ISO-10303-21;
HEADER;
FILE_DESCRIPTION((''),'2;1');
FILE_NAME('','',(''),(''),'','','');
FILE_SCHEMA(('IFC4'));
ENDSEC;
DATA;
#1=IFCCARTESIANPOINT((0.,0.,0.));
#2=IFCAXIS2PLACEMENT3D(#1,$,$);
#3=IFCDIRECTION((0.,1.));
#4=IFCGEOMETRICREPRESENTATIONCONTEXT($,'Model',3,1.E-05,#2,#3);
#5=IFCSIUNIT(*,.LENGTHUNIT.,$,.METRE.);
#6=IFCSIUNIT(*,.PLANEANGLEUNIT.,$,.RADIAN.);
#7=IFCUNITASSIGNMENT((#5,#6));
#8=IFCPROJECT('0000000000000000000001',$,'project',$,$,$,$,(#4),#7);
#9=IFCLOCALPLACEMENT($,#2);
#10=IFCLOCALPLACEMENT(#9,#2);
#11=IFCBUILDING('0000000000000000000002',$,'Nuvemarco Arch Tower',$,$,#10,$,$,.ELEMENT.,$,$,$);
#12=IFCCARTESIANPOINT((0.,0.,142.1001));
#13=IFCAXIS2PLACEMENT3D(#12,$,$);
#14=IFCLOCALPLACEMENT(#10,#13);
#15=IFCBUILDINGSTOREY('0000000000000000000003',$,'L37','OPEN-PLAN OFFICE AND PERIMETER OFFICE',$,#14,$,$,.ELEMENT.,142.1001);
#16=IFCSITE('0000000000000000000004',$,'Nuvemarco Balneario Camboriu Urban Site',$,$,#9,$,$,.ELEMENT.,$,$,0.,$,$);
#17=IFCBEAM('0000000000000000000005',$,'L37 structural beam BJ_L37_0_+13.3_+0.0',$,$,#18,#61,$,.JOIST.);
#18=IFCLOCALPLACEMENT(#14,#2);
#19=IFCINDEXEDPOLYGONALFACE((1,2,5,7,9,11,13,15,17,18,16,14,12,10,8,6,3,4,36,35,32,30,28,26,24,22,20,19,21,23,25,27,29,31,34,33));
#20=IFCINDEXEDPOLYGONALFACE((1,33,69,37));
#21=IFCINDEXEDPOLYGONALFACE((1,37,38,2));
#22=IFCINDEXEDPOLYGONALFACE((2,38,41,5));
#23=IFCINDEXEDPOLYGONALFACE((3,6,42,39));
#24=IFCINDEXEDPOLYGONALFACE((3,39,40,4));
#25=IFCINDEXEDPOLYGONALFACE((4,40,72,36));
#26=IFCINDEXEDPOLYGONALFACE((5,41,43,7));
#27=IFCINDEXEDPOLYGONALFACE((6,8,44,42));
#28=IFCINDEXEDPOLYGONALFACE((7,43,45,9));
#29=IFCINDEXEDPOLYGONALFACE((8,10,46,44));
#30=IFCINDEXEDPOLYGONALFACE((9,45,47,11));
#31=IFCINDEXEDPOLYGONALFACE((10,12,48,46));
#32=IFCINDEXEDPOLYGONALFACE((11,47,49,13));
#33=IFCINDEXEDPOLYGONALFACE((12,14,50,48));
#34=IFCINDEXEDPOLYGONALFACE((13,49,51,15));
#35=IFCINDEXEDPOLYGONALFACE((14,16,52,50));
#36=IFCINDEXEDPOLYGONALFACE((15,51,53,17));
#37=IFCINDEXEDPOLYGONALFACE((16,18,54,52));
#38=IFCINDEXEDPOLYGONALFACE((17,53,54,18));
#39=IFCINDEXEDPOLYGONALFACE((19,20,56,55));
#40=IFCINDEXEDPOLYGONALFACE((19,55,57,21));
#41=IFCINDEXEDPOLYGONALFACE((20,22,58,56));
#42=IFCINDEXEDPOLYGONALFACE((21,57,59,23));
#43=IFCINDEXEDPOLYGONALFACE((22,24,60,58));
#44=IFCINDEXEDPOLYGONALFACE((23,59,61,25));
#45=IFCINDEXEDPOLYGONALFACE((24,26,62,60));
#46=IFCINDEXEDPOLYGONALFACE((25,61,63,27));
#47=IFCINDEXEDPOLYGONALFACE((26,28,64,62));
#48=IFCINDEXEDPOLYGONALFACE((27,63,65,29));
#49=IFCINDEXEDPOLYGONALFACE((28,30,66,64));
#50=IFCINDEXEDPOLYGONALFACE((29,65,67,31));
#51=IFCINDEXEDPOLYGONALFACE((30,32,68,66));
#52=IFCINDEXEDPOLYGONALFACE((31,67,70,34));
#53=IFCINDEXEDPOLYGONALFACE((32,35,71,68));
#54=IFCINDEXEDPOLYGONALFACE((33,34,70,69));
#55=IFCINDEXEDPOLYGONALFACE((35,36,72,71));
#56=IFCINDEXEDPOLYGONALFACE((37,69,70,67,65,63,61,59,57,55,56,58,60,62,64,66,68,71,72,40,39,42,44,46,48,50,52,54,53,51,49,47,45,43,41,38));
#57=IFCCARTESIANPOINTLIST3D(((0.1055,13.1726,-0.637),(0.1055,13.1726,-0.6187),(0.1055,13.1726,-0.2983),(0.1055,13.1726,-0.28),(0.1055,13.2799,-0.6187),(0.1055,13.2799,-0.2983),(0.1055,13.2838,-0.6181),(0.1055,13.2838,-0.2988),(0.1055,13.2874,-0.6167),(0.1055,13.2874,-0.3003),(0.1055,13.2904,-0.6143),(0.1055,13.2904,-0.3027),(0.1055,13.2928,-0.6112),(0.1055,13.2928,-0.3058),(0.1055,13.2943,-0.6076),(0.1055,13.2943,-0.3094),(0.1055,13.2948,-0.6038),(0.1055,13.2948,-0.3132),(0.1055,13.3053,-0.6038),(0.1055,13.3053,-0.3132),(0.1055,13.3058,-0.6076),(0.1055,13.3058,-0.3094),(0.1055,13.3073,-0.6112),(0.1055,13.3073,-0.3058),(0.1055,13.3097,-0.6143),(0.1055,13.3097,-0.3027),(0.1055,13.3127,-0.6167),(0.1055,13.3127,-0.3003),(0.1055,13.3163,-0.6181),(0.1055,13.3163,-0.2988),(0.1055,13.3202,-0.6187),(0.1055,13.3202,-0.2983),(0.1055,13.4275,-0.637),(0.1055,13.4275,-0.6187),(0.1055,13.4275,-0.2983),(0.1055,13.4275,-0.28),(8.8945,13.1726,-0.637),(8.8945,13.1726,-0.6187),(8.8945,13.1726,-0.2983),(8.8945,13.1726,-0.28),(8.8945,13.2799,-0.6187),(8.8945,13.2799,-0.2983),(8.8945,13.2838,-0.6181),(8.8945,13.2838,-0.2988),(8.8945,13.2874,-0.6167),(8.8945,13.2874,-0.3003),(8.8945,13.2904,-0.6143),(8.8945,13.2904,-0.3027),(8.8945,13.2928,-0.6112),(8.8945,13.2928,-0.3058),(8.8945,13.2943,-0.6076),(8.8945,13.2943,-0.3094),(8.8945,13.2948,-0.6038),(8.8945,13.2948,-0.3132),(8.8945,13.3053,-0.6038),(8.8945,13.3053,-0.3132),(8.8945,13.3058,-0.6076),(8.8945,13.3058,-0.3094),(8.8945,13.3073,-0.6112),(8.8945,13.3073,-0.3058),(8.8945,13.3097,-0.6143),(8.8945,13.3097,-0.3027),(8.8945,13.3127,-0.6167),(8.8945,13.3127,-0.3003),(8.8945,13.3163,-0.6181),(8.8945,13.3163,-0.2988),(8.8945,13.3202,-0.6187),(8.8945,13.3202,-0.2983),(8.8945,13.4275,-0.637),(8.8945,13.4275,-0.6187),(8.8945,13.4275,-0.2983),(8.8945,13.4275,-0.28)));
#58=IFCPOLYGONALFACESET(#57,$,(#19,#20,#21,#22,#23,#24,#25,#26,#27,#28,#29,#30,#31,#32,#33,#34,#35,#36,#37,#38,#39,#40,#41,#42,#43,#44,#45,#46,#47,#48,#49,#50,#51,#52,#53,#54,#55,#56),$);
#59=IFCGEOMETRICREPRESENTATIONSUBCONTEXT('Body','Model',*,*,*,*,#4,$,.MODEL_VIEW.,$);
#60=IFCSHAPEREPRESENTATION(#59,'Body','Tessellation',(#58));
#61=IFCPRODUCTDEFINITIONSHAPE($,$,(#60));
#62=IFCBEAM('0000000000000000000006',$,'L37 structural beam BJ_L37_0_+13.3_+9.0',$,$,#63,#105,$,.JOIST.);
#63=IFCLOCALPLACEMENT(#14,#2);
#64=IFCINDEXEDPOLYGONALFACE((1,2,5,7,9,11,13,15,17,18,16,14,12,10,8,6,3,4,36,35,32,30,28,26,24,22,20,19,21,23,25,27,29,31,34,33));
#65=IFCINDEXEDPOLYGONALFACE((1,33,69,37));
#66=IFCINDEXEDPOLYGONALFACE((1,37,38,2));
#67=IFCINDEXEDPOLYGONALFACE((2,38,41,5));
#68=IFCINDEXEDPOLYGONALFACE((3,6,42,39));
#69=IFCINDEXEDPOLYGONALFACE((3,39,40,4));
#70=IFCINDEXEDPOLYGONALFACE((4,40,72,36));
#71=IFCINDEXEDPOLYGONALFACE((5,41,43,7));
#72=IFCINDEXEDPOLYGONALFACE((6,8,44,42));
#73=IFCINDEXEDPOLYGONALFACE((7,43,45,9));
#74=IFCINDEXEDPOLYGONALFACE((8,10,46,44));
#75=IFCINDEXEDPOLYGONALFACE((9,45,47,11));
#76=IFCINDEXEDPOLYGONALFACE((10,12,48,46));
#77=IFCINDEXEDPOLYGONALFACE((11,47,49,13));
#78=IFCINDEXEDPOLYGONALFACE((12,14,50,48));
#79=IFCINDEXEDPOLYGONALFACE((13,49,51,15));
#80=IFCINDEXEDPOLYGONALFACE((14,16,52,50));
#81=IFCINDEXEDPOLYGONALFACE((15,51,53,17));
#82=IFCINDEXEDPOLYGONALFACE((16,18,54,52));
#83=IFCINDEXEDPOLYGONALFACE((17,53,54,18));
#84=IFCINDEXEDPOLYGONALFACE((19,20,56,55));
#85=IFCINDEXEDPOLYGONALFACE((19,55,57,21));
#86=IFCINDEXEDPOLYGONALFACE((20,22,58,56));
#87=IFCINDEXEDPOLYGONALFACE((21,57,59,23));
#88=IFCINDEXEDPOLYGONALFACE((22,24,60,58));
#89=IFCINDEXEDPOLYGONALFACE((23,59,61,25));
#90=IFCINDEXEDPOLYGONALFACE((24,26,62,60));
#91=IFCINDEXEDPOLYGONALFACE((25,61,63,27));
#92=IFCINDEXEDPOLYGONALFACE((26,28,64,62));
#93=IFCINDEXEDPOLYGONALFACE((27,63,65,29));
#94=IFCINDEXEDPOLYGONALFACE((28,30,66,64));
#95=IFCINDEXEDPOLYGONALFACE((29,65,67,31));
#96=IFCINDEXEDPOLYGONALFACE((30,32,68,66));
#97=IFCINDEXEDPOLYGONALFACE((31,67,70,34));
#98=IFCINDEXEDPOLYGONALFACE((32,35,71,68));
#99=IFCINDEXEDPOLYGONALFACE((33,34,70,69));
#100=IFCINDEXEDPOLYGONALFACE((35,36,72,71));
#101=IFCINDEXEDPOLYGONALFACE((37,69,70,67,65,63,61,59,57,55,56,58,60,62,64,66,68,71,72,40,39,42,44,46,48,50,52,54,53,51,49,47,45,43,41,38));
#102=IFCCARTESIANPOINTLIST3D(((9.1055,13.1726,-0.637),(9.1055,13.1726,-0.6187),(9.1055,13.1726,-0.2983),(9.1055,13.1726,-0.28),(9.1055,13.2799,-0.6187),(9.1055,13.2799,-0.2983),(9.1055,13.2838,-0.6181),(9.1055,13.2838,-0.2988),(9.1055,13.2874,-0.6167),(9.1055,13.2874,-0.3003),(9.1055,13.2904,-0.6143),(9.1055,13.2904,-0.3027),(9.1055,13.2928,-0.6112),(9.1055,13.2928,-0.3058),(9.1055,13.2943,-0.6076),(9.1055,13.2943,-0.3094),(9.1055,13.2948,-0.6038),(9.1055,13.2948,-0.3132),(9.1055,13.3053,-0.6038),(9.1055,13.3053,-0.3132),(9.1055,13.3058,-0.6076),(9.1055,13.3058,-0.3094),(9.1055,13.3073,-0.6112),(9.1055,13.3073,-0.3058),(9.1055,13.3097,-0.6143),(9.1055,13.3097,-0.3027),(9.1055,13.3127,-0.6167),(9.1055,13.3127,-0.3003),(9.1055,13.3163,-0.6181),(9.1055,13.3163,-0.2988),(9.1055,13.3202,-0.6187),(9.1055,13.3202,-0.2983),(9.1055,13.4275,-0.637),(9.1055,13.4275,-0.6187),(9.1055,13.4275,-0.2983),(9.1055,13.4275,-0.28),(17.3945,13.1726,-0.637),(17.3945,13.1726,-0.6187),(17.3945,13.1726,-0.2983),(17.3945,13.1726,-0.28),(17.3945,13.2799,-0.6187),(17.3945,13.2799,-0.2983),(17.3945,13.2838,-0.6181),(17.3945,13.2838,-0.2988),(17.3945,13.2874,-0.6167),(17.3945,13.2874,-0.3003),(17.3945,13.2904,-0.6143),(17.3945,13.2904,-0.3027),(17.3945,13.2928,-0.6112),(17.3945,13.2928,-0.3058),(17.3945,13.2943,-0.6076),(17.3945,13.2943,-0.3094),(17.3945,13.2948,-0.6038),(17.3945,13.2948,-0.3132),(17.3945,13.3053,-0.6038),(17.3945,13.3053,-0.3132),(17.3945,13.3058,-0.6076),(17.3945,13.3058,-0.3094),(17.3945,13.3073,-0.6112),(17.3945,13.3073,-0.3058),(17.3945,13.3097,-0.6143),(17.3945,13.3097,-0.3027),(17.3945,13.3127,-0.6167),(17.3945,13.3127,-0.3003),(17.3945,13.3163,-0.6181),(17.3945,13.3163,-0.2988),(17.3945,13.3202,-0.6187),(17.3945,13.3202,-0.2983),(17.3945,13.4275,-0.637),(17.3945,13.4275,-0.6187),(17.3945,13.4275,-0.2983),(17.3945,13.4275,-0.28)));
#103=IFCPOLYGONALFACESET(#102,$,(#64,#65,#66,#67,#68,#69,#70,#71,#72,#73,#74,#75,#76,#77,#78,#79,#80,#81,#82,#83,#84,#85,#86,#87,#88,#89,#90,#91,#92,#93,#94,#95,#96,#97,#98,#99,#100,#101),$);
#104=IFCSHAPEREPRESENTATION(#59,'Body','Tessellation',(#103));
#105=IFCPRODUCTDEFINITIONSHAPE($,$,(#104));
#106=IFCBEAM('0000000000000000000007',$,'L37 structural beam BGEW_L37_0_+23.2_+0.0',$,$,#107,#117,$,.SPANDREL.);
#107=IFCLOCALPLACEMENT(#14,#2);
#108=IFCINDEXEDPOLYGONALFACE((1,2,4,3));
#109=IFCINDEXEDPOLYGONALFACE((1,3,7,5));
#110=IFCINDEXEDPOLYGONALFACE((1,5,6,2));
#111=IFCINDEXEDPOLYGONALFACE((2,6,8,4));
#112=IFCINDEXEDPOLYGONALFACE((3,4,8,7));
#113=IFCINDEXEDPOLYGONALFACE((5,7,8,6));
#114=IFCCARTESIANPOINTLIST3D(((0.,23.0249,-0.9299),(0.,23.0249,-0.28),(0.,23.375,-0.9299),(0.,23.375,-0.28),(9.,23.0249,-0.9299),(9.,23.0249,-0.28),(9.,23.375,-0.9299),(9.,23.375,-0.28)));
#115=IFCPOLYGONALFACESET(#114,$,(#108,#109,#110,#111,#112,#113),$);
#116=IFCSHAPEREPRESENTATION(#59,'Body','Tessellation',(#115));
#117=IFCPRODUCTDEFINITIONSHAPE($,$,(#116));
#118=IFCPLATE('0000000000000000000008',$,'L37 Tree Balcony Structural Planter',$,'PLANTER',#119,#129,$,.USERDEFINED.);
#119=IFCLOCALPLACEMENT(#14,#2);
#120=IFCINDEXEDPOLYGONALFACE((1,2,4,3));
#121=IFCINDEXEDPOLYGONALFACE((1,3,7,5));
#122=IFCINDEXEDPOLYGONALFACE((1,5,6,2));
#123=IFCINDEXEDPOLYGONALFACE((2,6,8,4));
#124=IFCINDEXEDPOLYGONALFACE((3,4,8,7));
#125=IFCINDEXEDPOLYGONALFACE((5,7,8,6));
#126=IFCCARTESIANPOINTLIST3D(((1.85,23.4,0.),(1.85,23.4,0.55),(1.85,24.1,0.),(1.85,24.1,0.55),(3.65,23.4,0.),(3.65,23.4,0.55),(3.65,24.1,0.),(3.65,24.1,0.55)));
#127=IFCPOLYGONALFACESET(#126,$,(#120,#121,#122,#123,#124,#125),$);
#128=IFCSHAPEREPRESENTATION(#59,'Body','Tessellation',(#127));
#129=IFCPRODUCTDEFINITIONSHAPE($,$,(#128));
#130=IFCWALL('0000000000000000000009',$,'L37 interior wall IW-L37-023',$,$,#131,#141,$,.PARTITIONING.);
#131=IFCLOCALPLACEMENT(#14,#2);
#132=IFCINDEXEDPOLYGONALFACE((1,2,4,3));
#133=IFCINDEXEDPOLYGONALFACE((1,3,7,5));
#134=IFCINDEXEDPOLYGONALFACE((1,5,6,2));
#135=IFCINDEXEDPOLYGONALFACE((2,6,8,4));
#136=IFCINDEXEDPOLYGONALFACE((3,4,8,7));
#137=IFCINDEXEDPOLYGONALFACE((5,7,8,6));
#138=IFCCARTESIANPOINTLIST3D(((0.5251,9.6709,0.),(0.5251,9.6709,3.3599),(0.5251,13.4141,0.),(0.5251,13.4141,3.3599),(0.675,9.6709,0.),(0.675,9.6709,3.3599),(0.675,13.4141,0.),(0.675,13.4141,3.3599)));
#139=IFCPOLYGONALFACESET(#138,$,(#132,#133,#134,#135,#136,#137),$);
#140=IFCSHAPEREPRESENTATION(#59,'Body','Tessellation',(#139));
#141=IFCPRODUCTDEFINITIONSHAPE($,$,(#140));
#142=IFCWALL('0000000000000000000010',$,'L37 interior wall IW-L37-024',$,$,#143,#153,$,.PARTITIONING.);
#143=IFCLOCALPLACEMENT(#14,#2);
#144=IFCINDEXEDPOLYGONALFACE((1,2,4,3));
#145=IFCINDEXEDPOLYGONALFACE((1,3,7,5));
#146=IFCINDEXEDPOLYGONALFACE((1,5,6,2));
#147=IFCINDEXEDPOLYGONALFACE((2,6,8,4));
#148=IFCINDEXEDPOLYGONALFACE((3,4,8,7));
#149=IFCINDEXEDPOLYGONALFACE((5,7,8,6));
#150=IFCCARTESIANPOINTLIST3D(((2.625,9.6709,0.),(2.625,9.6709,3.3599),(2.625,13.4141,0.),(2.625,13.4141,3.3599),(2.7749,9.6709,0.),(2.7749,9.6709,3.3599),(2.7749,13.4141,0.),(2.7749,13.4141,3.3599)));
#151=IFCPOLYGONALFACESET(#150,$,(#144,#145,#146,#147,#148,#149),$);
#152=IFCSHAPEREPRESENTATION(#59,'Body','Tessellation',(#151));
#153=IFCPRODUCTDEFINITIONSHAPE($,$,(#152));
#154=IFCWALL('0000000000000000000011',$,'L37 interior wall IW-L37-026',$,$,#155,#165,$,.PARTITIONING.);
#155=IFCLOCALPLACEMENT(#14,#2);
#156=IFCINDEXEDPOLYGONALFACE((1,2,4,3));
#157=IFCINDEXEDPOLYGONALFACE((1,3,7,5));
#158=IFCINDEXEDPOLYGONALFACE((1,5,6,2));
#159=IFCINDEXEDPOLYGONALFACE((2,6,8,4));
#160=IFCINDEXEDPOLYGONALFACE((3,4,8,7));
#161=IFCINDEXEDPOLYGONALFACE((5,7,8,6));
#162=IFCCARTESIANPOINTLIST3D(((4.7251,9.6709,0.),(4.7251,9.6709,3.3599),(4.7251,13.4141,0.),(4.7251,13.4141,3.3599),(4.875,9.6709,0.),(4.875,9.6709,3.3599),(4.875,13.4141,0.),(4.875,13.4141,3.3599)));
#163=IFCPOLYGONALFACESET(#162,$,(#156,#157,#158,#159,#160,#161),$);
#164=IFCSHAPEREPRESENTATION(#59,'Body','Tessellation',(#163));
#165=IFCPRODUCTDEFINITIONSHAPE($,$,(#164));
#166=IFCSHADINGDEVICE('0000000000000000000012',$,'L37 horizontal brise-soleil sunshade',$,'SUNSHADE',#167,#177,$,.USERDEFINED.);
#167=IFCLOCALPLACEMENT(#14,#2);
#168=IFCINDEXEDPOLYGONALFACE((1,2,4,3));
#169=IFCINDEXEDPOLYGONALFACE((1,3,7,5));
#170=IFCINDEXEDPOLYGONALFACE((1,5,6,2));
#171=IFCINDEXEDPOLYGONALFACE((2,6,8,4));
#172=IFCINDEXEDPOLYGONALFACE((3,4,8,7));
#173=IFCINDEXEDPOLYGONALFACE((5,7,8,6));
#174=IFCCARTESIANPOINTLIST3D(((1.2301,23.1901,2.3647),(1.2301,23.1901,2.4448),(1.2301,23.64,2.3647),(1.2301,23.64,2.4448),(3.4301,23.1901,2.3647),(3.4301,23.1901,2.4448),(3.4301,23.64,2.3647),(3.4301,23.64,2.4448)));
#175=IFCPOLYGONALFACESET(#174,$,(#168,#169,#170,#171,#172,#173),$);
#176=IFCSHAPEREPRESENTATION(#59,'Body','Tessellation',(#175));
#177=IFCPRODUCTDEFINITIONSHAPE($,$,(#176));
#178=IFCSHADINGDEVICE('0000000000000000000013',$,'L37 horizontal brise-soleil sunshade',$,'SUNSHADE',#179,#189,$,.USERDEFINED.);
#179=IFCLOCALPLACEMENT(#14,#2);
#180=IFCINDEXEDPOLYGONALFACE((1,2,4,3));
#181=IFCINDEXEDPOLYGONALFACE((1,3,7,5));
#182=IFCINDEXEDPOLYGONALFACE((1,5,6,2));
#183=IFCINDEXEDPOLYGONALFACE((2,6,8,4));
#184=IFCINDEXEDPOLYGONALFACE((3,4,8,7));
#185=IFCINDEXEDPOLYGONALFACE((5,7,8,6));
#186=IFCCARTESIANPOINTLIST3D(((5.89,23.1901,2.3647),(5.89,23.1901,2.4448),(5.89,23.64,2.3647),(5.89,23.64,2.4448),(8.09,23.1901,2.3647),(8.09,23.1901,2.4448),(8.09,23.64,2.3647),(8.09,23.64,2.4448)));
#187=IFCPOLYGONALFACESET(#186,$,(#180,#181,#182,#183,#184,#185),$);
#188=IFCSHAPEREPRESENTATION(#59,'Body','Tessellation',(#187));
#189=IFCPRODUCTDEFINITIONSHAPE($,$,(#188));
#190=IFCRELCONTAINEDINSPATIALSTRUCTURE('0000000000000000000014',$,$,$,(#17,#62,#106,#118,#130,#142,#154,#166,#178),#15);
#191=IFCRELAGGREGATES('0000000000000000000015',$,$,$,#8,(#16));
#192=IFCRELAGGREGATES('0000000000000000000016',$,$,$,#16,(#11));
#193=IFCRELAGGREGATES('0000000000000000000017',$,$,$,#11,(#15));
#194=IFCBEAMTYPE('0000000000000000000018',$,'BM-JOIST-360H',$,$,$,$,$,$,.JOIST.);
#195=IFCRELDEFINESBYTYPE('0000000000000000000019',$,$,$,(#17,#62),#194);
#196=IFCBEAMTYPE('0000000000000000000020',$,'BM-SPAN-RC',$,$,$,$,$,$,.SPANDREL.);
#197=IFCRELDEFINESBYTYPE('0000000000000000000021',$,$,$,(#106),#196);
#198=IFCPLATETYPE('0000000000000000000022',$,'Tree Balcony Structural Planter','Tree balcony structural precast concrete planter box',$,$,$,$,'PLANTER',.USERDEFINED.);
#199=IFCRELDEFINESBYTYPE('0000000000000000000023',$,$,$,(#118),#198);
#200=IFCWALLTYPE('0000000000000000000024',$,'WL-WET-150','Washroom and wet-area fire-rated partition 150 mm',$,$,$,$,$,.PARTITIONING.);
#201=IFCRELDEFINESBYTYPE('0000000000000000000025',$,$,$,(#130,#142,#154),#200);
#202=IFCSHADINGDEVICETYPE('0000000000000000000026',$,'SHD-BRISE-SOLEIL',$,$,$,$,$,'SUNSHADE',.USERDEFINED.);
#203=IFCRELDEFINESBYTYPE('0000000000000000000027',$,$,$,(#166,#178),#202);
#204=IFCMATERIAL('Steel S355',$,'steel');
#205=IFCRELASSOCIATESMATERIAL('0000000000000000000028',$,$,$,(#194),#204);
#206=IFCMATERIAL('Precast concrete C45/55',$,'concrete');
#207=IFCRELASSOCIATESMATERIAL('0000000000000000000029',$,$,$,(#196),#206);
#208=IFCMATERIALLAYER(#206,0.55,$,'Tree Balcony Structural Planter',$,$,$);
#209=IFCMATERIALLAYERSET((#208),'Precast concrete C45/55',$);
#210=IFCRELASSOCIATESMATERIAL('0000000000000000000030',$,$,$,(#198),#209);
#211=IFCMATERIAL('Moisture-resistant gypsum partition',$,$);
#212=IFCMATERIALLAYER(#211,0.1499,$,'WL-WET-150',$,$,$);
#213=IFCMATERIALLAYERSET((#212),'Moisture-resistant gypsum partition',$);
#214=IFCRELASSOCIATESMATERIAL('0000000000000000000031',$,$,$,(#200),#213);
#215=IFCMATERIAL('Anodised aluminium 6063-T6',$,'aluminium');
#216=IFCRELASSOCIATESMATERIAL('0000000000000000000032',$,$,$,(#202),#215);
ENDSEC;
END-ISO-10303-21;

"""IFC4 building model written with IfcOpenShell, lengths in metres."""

from ifc_helpers import new_model, si_unit, direction, frame, frame_2d, origin, origin_2d, place, context, subcontext, project, spatial, rectangle, i_section, extrude, source, transform, mapped, material, layer, layer_set, material_profile, profile_set, type_object, type_shapes, element, save


model = new_model("IFC4")

# Units and contexts
model_context = context("Model", 3, precision=1e-05, world=origin(), true_north=direction((0.0, 1.0)))
body_context = subcontext(model_context, "Body", "Model", "MODEL_VIEW")
ifc_project = project(units=[si_unit("LENGTHUNIT", "METRE"), si_unit("PLANEANGLEUNIT", "RADIAN")], contexts=[model_context])

# Site, building, storey
site_placement = place(None, origin())
site = spatial("IfcSite", under=ifc_project, at=site_placement, Name="Nuvemarco Balneario Camboriu Urban Site", CompositionType="ELEMENT", RefElevation=0.0)
building_placement = place(site_placement, origin())
building = spatial("IfcBuilding", under=site, at=building_placement, Name="Nuvemarco Arch Tower", CompositionType="ELEMENT")
storey_placement = place(building_placement, frame((0.0, 0.0, 142.1001)))
storey = spatial("IfcBuildingStorey", under=building, at=storey_placement, Name="L37", Description="OPEN-PLAN OFFICE AND PERIMETER OFFICE", CompositionType="ELEMENT", Elevation=142.1001)

# Shared definitions
ifc_material_1 = material(Name="Steel S355", Category="steel")

# Beams
ifc_material_profile_1 = material_profile(ifc_material_1, i_section(OverallWidth=0.2549, OverallDepth=0.3569, WebThickness=0.0105, FlangeThickness=0.0183, FilletRadius=0.0149, at=origin_2d()), Name="W360x101")
ifc_profile_set_1 = profile_set([ifc_material_profile_1], Name="Steel S355")
beam_type_1 = type_object("IfcBeamType", Name="BM-JOIST-360H", PredefinedType="JOIST", material=ifc_profile_set_1)
beam_1_placement = place(storey_placement, frame((0.1055, 13.3, -0.4585), z_axis=(1.0, 0.0, 0.0), x_axis=(0.0, 1.0, 0.0)))
element("IfcBeam", 1, at=beam_1_placement, inside=storey, type_object=beam_type_1, Name="L37 structural beam BJ_L37_0_+13.3_+0.0", PredefinedType="JOIST", context=body_context, shape_type="SweptSolid", body=[
    extrude(i_section(OverallWidth=0.2549, OverallDepth=0.3569, WebThickness=0.0105, FlangeThickness=0.0183, FilletRadius=0.0149, at=origin_2d()), origin(), (0.0, 0.0, 1.0), 8.7891),
])
beam_2_placement = place(storey_placement, frame((9.1055, 13.3, -0.4585), z_axis=(1.0, 0.0, 0.0), x_axis=(0.0, 1.0, 0.0)))
element("IfcBeam", 2, at=beam_2_placement, inside=storey, type_object=beam_type_1, Name="L37 structural beam BJ_L37_0_+13.3_+9.0", PredefinedType="JOIST", context=body_context, shape_type="SweptSolid", body=[
    extrude(i_section(OverallWidth=0.2549, OverallDepth=0.3569, WebThickness=0.0105, FlangeThickness=0.0183, FilletRadius=0.0149, at=origin_2d()), origin(), (0.0, 0.0, 1.0), 8.2891),
])
ifc_material_2 = material(Name="Precast concrete C45/55", Category="concrete")
ifc_material_profile_2 = material_profile(ifc_material_2, rectangle(XDim=0.3501, YDim=0.6499, at=origin_2d()), Name="PC-SP-350x650")
ifc_profile_set_2 = profile_set([ifc_material_profile_2], Name="Precast concrete C45/55")
beam_type_2 = type_object("IfcBeamType", Name="BM-SPAN-RC", PredefinedType="SPANDREL", material=ifc_profile_set_2)
beam_3_placement = place(storey_placement, frame((0.0, 23.2, -0.605), z_axis=(1.0, 0.0, 0.0), x_axis=(0.0, 1.0, 0.0)))
element("IfcBeam", 3, at=beam_3_placement, inside=storey, type_object=beam_type_2, Name="L37 structural beam BGEW_L37_0_+23.2_+0.0", PredefinedType="SPANDREL", context=body_context, shape_type="SweptSolid", body=[
    extrude(rectangle(XDim=0.3501, YDim=0.6499, at=origin_2d()), origin(), (0.0, 0.0, 1.0), 9.0),
])

# Plate
ifc_layer_1 = layer(ifc_material_2, 0.55, Name="Tree Balcony Structural Planter")
ifc_layer_set_1 = layer_set([ifc_layer_1], Name="Precast concrete C45/55")
plate_type = type_object("IfcPlateType", Name="Tree Balcony Structural Planter", Description="Tree balcony structural precast concrete planter box", ElementType="PLANTER", PredefinedType="USERDEFINED", material=ifc_layer_set_1)
shared_shape_1 = source(origin(), body_context, "Body", "SweptSolid", [
    extrude(rectangle(XDim=1.8, YDim=0.7, at=origin_2d()), origin(), (0.0, 0.0, 1.0), 0.55),
])
type_shapes(plate_type, [shared_shape_1])
plate_placement = place(storey_placement, frame((2.75, 23.75, 0.0), z_axis=(0.0, 0.0, 1.0), x_axis=(1.0, 0.0, 0.0)))
element("IfcPlate", 4, at=plate_placement, inside=storey, type_object=plate_type, Name="L37 Tree Balcony Structural Planter", ObjectType="PLANTER", PredefinedType="USERDEFINED", context=body_context, shape_type="MappedRepresentation", body=[
    mapped(shared_shape_1, transform((0.0, 0.0, 0.0), scale=1.0)),
])

# Walls
ifc_material_3 = material(Name="Moisture-resistant gypsum partition")
ifc_layer_2 = layer(ifc_material_3, 0.1499, Name="WL-WET-150")
ifc_layer_set_2 = layer_set([ifc_layer_2], Name="Moisture-resistant gypsum partition")
wall_type = type_object("IfcWallType", Name="WL-WET-150", Description="Washroom and wet-area fire-rated partition 150 mm", PredefinedType="PARTITIONING", material=ifc_layer_set_2)
for number, where, z_axis, x_axis, name in (
    (5, (0.6001, 9.6709, 0.0), (0.0, 0.0, 1.0), (0.0, 1.0, 0.0), "L37 interior wall IW-L37-023"),
    (6, (2.7, 9.6709, 0.0), (0.0, 0.0, 1.0), (0.0, 1.0, 0.0), "L37 interior wall IW-L37-024"),
    (7, (4.8, 9.6709, 0.0), (0.0, 0.0, 1.0), (0.0, 1.0, 0.0), "L37 interior wall IW-L37-026"),
):
    element("IfcWall", number, at=place(storey_placement, frame(where, z_axis=z_axis, x_axis=x_axis)), inside=storey, type_object=wall_type, Name=name, PredefinedType="PARTITIONING", context=body_context, shape_type="SweptSolid", body=[
        extrude(rectangle(XDim=3.7432, YDim=0.1499, at=frame_2d((1.8716, 0.0))), origin(), (0.0, 0.0, 1.0), 3.3599),
    ])

# Shading devices
ifc_material_4 = material(Name="Anodised aluminium 6063-T6", Category="aluminium")
shading_device_type = type_object("IfcShadingDeviceType", Name="SHD-BRISE-SOLEIL", ElementType="SUNSHADE", PredefinedType="USERDEFINED", material=ifc_material_4)
shared_shape_2 = source(origin(), body_context, "Body", "SweptSolid", [
    extrude(rectangle(XDim=2.2, YDim=0.45, at=origin_2d()), origin(), (0.0, 0.0, 1.0), 0.0801),
])
type_shapes(shading_device_type, [shared_shape_2])
for number, where, z_axis, x_axis, name in (
    (8, (2.3301, 23.415, 2.3647), (0.0, 0.0, 1.0), (1.0, 0.0, 0.0), "L37 horizontal brise-soleil sunshade"),
    (9, (6.99, 23.415, 2.3647), (0.0, 0.0, 1.0), (1.0, 0.0, 0.0), "L37 horizontal brise-soleil sunshade"),
):
    element("IfcShadingDevice", number, at=place(storey_placement, frame(where, z_axis=z_axis, x_axis=x_axis)), inside=storey, type_object=shading_device_type, Name=name, ObjectType="SUNSHADE", PredefinedType="USERDEFINED", context=body_context, shape_type="MappedRepresentation", body=[
        mapped(shared_shape_2, transform((0.0, 0.0, 0.0), scale=1.0)),
    ])

save(model, "model.ifc")
